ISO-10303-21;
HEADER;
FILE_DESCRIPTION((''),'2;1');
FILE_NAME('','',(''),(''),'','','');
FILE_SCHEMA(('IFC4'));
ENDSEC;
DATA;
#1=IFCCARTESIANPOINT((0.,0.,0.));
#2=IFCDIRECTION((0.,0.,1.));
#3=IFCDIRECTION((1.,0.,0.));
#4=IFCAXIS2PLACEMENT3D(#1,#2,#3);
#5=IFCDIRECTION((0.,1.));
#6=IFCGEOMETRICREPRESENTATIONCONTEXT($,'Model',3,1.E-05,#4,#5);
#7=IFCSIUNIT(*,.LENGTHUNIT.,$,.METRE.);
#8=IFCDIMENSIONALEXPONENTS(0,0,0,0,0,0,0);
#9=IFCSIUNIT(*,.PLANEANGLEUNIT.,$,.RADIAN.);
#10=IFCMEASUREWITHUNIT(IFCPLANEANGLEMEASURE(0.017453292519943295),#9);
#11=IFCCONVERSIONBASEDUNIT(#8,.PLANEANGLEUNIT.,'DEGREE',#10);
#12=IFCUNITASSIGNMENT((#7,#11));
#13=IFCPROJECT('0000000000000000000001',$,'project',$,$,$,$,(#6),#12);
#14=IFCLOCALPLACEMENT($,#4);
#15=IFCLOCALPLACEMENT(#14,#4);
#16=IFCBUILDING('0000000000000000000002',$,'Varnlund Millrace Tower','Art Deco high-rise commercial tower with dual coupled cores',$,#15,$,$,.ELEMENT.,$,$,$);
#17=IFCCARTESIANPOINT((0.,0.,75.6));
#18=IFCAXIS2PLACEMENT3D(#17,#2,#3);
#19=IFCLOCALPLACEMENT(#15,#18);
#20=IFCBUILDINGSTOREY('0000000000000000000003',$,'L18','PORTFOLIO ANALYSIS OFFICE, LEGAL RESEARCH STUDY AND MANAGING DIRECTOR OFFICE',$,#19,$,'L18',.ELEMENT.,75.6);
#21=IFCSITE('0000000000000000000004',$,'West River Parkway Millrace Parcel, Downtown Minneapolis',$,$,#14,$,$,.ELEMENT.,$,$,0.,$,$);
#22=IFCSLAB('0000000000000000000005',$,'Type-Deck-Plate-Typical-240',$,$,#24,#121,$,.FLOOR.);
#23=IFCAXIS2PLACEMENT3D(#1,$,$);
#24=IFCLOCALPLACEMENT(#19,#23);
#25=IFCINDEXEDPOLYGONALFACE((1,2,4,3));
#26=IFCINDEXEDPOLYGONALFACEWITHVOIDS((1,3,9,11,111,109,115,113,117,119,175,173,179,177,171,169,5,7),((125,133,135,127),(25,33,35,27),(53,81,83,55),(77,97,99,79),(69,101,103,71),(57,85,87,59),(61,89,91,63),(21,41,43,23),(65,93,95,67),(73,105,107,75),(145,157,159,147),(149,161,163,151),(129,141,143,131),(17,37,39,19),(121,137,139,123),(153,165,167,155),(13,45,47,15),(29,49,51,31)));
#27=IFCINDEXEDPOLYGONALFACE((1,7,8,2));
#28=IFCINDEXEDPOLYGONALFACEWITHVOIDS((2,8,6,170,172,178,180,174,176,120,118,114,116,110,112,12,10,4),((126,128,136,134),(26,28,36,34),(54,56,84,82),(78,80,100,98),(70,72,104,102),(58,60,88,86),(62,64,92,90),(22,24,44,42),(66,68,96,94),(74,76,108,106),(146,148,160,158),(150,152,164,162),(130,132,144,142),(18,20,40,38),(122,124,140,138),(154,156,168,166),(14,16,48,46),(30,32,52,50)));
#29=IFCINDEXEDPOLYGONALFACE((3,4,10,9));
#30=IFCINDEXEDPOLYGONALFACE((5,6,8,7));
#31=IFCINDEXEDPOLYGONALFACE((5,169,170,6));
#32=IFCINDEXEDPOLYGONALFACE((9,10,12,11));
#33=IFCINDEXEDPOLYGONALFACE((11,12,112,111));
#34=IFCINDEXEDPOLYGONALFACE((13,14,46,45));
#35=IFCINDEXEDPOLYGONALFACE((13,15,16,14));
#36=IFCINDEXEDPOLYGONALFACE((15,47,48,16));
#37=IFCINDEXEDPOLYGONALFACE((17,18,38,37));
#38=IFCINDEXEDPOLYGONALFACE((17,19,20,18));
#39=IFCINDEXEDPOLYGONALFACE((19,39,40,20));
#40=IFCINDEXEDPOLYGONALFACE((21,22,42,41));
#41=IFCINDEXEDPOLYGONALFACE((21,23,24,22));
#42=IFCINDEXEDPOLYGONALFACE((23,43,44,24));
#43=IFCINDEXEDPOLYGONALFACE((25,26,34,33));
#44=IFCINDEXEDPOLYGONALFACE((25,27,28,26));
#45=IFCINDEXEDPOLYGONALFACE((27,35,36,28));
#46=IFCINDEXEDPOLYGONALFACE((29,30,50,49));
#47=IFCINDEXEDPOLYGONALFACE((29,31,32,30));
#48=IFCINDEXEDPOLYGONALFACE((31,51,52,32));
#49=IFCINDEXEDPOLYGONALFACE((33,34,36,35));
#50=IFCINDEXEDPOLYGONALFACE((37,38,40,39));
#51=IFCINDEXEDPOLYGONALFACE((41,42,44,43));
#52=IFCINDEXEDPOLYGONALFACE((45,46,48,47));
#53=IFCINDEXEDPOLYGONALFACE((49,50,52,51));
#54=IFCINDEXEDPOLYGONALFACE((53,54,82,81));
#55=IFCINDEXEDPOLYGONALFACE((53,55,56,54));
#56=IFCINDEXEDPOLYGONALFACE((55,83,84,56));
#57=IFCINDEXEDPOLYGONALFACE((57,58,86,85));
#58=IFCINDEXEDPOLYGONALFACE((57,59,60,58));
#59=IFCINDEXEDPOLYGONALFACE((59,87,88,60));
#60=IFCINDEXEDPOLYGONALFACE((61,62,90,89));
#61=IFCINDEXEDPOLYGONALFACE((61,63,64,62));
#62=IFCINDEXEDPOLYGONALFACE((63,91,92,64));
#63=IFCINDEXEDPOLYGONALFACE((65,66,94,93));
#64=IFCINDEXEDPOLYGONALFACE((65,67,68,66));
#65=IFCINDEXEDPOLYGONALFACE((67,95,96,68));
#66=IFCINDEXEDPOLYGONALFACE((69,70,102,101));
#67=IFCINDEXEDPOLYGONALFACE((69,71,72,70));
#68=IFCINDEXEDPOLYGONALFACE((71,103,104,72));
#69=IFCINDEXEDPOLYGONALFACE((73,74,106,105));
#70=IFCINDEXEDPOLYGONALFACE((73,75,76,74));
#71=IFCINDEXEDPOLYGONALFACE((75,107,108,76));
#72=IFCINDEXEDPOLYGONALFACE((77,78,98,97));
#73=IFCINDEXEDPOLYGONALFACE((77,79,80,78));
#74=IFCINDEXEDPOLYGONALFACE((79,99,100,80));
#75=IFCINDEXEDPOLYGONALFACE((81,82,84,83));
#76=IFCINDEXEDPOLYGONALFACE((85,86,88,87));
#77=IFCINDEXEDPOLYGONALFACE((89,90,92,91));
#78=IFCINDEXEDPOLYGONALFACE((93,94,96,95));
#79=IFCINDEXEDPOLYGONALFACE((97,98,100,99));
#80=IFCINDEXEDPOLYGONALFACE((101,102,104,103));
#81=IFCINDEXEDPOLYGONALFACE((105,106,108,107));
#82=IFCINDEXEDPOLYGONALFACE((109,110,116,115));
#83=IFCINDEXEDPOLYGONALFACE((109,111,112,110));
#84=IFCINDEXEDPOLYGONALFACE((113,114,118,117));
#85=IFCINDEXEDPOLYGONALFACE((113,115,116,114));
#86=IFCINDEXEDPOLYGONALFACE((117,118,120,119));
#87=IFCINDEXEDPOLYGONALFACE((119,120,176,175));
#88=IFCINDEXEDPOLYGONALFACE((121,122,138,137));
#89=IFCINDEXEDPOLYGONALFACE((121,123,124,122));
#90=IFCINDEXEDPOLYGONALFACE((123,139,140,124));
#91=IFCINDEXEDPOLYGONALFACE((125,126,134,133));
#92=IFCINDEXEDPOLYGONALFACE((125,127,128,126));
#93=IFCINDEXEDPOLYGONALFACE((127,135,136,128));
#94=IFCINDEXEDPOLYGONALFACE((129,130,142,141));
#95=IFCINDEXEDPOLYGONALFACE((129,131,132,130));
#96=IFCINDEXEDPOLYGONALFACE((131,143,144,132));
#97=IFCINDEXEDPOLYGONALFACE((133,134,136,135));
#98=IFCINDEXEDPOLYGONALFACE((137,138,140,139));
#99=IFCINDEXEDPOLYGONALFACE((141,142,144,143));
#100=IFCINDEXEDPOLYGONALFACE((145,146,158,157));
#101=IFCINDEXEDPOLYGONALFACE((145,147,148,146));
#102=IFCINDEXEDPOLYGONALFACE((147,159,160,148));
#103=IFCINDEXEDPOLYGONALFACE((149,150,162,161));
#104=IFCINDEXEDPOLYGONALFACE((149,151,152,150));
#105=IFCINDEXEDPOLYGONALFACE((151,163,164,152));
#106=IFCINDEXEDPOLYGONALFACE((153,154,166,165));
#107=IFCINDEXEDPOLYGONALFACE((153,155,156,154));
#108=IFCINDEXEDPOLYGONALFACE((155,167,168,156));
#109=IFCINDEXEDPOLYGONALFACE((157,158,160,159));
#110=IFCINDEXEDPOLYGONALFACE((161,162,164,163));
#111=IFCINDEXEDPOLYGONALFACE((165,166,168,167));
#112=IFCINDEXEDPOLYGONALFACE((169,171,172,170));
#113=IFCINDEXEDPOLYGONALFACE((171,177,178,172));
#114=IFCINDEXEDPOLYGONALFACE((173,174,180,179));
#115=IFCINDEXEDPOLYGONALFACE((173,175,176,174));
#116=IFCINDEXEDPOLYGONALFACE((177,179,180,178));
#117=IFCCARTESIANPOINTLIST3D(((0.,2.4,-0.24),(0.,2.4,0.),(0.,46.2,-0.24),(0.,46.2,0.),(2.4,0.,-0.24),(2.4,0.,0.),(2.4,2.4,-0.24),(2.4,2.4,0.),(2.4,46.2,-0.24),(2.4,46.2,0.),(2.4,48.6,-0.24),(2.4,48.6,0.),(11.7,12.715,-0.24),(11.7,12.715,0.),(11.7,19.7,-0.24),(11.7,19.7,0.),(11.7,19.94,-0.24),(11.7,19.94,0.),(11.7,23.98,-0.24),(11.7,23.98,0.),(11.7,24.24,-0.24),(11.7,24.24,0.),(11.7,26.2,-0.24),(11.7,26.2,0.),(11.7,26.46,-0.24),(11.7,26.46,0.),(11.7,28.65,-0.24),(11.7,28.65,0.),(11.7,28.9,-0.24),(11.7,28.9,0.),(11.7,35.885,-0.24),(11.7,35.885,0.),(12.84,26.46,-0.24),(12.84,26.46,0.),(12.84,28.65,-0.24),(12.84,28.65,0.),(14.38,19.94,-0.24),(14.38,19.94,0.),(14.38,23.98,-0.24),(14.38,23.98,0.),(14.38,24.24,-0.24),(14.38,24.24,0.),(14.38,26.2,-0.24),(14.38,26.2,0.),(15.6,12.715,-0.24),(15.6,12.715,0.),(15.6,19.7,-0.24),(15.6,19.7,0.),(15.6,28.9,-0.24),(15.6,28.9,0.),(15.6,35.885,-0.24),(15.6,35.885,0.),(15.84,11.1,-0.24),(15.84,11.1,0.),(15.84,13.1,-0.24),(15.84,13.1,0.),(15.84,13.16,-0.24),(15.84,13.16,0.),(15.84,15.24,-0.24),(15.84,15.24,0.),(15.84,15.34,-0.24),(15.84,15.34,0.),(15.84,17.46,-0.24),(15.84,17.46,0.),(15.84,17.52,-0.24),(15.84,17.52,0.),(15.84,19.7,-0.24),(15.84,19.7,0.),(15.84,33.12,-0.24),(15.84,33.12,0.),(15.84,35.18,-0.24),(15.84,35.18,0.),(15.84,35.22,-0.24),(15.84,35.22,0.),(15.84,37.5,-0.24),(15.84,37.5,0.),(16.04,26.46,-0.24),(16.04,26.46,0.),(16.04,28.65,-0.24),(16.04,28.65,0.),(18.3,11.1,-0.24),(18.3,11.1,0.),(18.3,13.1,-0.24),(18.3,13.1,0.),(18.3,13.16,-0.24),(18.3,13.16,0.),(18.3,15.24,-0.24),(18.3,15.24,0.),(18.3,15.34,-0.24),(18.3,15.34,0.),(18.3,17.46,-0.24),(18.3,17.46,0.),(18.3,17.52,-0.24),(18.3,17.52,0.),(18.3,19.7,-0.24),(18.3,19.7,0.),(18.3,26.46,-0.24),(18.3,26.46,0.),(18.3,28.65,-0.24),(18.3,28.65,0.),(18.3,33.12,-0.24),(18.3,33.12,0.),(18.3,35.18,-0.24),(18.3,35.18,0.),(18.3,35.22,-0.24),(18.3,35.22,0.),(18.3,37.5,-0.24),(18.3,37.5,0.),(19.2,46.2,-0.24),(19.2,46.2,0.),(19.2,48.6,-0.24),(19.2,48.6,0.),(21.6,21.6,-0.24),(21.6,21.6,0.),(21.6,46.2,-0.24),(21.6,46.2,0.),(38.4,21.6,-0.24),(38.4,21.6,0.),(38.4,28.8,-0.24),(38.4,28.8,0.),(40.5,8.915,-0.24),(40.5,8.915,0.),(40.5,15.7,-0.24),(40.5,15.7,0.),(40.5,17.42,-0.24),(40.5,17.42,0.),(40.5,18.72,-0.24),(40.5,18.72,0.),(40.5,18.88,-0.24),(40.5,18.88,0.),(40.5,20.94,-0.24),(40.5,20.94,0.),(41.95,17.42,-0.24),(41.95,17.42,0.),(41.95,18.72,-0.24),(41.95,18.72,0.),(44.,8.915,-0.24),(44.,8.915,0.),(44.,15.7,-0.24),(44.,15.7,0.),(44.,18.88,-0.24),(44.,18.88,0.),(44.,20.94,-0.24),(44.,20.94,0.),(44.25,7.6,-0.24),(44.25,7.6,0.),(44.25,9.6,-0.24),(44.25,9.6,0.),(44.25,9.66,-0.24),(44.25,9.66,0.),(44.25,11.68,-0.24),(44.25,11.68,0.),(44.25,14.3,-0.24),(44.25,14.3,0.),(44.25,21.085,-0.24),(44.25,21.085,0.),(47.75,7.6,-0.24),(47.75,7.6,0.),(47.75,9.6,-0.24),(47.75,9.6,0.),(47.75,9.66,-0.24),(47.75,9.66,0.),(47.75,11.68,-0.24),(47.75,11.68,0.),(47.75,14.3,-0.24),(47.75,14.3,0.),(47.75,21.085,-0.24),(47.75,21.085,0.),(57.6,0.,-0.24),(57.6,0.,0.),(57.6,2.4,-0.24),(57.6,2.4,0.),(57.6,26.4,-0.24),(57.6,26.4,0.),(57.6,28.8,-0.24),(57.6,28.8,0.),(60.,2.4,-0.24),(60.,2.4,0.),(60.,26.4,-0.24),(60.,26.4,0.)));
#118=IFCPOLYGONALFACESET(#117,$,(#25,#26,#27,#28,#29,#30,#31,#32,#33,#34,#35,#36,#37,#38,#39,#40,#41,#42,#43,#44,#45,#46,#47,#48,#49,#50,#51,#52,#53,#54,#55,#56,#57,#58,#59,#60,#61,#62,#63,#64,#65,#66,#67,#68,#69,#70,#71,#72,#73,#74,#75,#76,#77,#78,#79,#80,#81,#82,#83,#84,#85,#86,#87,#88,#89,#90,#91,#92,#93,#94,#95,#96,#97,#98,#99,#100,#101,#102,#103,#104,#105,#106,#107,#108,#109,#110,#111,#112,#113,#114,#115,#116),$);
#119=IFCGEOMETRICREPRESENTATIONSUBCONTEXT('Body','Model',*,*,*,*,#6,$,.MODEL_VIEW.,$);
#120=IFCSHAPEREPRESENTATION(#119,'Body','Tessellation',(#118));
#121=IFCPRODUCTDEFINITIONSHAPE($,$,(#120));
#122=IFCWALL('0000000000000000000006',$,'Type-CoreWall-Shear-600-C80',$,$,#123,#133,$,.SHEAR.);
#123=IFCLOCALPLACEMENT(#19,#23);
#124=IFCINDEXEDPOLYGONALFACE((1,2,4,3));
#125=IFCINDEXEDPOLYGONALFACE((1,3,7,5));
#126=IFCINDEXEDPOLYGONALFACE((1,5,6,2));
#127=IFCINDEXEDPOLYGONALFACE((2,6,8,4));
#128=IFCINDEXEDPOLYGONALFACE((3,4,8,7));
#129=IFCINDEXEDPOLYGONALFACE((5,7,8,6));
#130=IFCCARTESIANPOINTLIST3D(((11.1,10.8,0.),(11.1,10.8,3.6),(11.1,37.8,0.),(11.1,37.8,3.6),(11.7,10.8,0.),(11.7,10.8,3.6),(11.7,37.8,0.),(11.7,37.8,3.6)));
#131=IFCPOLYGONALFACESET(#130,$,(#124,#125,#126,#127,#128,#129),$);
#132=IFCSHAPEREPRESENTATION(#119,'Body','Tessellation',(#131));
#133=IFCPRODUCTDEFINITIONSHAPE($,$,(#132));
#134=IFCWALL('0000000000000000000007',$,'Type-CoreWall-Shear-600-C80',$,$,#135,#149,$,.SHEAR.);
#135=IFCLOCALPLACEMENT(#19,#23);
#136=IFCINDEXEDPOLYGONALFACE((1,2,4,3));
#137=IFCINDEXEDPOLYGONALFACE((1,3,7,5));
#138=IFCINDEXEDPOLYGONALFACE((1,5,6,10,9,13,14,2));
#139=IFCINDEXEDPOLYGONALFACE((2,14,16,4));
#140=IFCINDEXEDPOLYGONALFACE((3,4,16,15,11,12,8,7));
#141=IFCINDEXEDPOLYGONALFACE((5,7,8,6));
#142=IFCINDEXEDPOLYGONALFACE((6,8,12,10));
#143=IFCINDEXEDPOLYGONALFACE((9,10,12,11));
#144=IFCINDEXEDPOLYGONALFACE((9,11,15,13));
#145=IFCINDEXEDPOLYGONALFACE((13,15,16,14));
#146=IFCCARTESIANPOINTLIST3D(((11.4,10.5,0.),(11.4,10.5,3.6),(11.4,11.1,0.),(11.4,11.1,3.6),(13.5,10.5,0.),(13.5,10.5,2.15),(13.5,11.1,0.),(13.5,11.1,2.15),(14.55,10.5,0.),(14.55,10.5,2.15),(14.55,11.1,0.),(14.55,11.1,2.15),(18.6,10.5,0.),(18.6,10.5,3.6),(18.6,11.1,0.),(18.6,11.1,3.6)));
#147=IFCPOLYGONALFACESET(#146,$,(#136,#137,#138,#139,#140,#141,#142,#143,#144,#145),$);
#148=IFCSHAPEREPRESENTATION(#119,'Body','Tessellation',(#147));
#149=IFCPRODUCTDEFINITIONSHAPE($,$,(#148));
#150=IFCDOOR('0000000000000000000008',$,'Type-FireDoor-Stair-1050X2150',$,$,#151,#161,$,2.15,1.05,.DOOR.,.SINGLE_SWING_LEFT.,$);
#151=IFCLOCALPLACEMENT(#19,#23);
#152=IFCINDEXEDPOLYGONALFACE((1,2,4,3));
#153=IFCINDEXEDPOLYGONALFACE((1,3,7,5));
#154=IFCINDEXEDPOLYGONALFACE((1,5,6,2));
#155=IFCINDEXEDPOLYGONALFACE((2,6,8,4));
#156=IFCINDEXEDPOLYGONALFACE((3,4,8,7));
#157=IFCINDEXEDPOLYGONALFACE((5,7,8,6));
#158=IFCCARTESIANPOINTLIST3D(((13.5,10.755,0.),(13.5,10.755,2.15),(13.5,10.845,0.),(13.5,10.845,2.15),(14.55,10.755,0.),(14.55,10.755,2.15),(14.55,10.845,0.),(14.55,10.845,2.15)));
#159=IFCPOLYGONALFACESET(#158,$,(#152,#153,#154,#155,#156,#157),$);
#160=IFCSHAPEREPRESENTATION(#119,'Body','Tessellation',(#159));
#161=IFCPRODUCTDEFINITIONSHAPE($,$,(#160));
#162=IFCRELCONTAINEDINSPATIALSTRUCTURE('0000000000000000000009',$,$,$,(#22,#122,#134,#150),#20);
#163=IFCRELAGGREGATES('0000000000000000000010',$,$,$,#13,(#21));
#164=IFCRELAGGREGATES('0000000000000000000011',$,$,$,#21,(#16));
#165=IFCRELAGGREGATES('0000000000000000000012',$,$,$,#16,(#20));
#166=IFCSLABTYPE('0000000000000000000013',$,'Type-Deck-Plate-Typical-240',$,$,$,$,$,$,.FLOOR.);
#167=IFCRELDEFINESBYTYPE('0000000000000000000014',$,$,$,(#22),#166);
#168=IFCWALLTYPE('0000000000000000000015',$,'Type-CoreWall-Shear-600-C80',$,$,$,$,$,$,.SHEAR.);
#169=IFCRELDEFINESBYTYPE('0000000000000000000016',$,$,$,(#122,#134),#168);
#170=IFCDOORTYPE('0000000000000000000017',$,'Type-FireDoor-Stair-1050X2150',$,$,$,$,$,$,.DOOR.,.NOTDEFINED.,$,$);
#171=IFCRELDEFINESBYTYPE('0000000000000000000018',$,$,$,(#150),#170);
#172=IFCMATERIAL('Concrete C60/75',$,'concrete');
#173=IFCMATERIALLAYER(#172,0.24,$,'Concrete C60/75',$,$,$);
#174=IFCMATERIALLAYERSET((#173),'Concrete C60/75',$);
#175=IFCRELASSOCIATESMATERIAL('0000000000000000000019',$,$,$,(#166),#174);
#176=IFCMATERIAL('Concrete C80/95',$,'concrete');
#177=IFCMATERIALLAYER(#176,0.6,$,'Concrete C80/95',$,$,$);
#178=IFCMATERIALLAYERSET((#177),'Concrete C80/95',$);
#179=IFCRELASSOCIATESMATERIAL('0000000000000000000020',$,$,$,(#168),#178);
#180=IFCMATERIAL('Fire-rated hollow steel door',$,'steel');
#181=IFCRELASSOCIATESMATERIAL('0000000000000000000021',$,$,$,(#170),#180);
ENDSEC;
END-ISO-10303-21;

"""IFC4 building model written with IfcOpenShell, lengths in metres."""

from ifc_helpers import new_model, entity, si_unit, converted_unit, direction, frame, origin_with_axes, origin_2d_with_axis, place, context, subcontext, project, spatial, polyline, rectangle, outline, extrude, material, layer, layer_set, type_object, element, fill, save


model = new_model("IFC4")

# Units and contexts
model_context = context("Model", 3, precision=1e-05, world=origin_with_axes(), true_north=direction((0.0, 1.0)))
body_context = subcontext(model_context, "Body", "Model", "MODEL_VIEW")
ifc_project = project(units=[si_unit("LENGTHUNIT", "METRE"), converted_unit("PLANEANGLEUNIT", "DEGREE", entity("IfcPlaneAngleMeasure", 0.017453292519943295), si_unit("PLANEANGLEUNIT", "RADIAN"), dimensions=[0, 0, 0, 0, 0, 0, 0])], contexts=[model_context])

# Site, building, storey
site_placement = place(None, origin_with_axes())
site = spatial("IfcSite", under=ifc_project, at=site_placement, Name="West River Parkway Millrace Parcel, Downtown Minneapolis", CompositionType="ELEMENT", RefElevation=0.0)
building_placement = place(site_placement, origin_with_axes())
building = spatial("IfcBuilding", under=site, at=building_placement, Name="Varnlund Millrace Tower", Description="Art Deco high-rise commercial tower with dual coupled cores", CompositionType="ELEMENT")
storey_placement = place(building_placement, frame((0.0, 0.0, 75.6), z_axis=(0.0, 0.0, 1.0), x_axis=(1.0, 0.0, 0.0)))
storey = spatial("IfcBuildingStorey", under=building, at=storey_placement, Name="L18", Description="PORTFOLIO ANALYSIS OFFICE, LEGAL RESEARCH STUDY AND MANAGING DIRECTOR OFFICE", LongName="L18", CompositionType="ELEMENT", Elevation=75.6)

# Slab
ifc_material_1 = material(Name="Concrete C60/75", Category="concrete")
ifc_layer_1 = layer(ifc_material_1, 0.24, Name="Concrete C60/75")
ifc_layer_set_1 = layer_set([ifc_layer_1], Name="Concrete C60/75")
slab_type = type_object("IfcSlabType", Name="Type-Deck-Plate-Typical-240", PredefinedType="FLOOR", material=ifc_layer_set_1)
slab_placement = place(storey_placement, frame((0.0, 0.0, -0.24), z_axis=(0.0, 0.0, 1.0), x_axis=(1.0, 0.0, 0.0)))
element("IfcSlab", 1, at=slab_placement, inside=storey, type_object=slab_type, Name="Type-Deck-Plate-Typical-240", PredefinedType="FLOOR", context=body_context, shape_type="SweptSolid", body=[
    extrude(outline(polyline([(21.6, 21.6), (21.6, 46.2), (19.2, 46.2), (19.2, 48.6), (2.4, 48.6), (2.4, 46.2), (0.0, 46.2), (0.0, 2.4), (2.4, 2.4), (2.4, 0.0), (57.6, 0.0), (57.6, 2.4), (60.0, 2.4), (60.0, 26.4), (57.6, 26.4), (57.6, 28.8), (38.4, 28.8), (38.4, 21.6), (21.6, 21.6)]), holes=[polyline([(18.3, 11.1), (15.84, 11.1), (15.84, 13.1), (18.3, 13.1), (18.3, 11.1)]), polyline([(18.3, 13.16), (15.84, 13.16), (15.84, 15.24), (18.3, 15.24), (18.3, 13.16)]), polyline([(15.6, 12.715), (11.7, 12.715), (11.7, 19.7), (15.6, 19.7), (15.6, 12.715)]), polyline([(18.3, 15.34), (15.84, 15.34), (15.84, 17.46), (18.3, 17.46), (18.3, 15.34)]), polyline([(18.3, 17.52), (15.84, 17.52), (15.84, 19.7), (18.3, 19.7), (18.3, 17.52)]), polyline([(14.38, 23.98), (14.38, 19.94), (11.7, 19.94), (11.7, 23.98), (14.38, 23.98)]), polyline([(11.7, 24.24), (11.7, 26.2), (14.38, 26.2), (14.38, 24.24), (11.7, 24.24)]), polyline([(11.7, 26.46), (11.7, 28.65), (12.84, 28.65), (12.84, 26.46), (11.7, 26.46)]), polyline([(15.6, 28.9), (11.7, 28.9), (11.7, 35.885), (15.6, 35.885), (15.6, 28.9)]), polyline([(47.75, 7.6), (44.25, 7.6), (44.25, 9.6), (47.75, 9.6), (47.75, 7.6)]), polyline([(47.75, 9.66), (44.25, 9.66), (44.25, 11.68), (47.75, 11.68), (47.75, 9.66)]), polyline([(40.5, 8.915), (40.5, 15.7), (44.0, 15.7), (44.0, 8.915), (40.5, 8.915)]), polyline([(44.25, 14.3), (44.25, 21.085), (47.75, 21.085), (47.75, 14.3), (44.25, 14.3)]), polyline([(41.95, 17.42), (40.5, 17.42), (40.5, 18.72), (41.95, 18.72), (41.95, 17.42)]), polyline([(44.0, 18.88), (40.5, 18.88), (40.5, 20.94), (44.0, 20.94), (44.0, 18.88)]), polyline([(18.3, 26.46), (16.04, 26.46), (16.04, 28.65), (18.3, 28.65), (18.3, 26.46)]), polyline([(15.84, 33.12), (15.84, 35.18), (18.3, 35.18), (18.3, 33.12), (15.84, 33.12)]), polyline([(15.84, 35.22), (15.84, 37.5), (18.3, 37.5), (18.3, 35.22), (15.84, 35.22)])]), origin_with_axes(), (0.0, 0.0, 1.0), 0.24),
])

# Wall
ifc_material_2 = material(Name="Concrete C80/95", Category="concrete")
ifc_layer_2 = layer(ifc_material_2, 0.6, Name="Concrete C80/95")
ifc_layer_set_2 = layer_set([ifc_layer_2], Name="Concrete C80/95")
wall_type_1 = type_object("IfcWallType", Name="Type-CoreWall-Shear-600-C80", PredefinedType="SHEAR", material=ifc_layer_set_2)
wall_1_placement = place(storey_placement, frame((11.4, 10.8, 0.0), z_axis=(0.0, 0.0, 1.0), x_axis=(0.0, 1.0, 0.0)))
element("IfcWall", 2, at=wall_1_placement, inside=storey, type_object=wall_type_1, Name="Type-CoreWall-Shear-600-C80", PredefinedType="SHEAR", context=body_context, shape_type="SweptSolid", body=[
    extrude(outline(polyline([(0.0, -0.3), (27.0, -0.3), (27.0, 0.3), (0.0, 0.3), (0.0, -0.3)])), origin_with_axes(), (0.0, 0.0, 1.0), 3.6),
])

# Wall, opening, door
wall_2_placement = place(storey_placement, frame((11.4, 10.8, 0.0), z_axis=(0.0, 0.0, 1.0), x_axis=(1.0, 0.0, 0.0)))
wall_2 = element("IfcWall", 3, at=wall_2_placement, inside=storey, type_object=wall_type_1, Name="Type-CoreWall-Shear-600-C80", PredefinedType="SHEAR", context=body_context, shape_type="SweptSolid", body=[
    extrude(outline(polyline([(0.0, -0.3), (7.2, -0.3), (7.2, 0.3), (0.0, 0.3), (0.0, -0.3)])), origin_with_axes(), (0.0, 0.0, 1.0), 3.6),
])
opening_1_placement = place(wall_2_placement, frame((2.625, 0.0, 0.0), z_axis=(0.0, 0.0, 1.0), x_axis=(1.0, 0.0, 0.0)))
opening_1 = element("IfcOpeningElement", 4, at=opening_1_placement, cuts=wall_2, PredefinedType="OPENING", context=body_context, shape_type="SweptSolid", body=[
    extrude(rectangle(XDim=1.05, YDim=0.62, at=origin_2d_with_axis()), origin_with_axes(), (0.0, 0.0, 1.0), 2.15),
])
ifc_material_3 = material(Name="Fire-rated hollow steel door", Category="steel")
door_type_1 = type_object("IfcDoorType", Name="Type-FireDoor-Stair-1050X2150", OperationType="NOTDEFINED", PredefinedType="DOOR", material=ifc_material_3)
door_1_placement = place(wall_2_placement, frame((2.625, 0.0, 0.0), z_axis=(0.0, 0.0, 1.0), x_axis=(1.0, 0.0, 0.0)))
door_1 = element("IfcDoor", 5, at=door_1_placement, inside=storey, type_object=door_type_1, Name="Type-FireDoor-Stair-1050X2150", OperationType="SINGLE_SWING_LEFT", OverallHeight=2.15, OverallWidth=1.05, PredefinedType="DOOR", context=body_context, shape_type="SweptSolid", body=[
    extrude(rectangle(XDim=1.05, YDim=0.09, at=origin_2d_with_axis()), origin_with_axes(), (0.0, 0.0, 1.0), 2.15),
])
fill(opening_1, door_1)

save(model, "model.ifc")
